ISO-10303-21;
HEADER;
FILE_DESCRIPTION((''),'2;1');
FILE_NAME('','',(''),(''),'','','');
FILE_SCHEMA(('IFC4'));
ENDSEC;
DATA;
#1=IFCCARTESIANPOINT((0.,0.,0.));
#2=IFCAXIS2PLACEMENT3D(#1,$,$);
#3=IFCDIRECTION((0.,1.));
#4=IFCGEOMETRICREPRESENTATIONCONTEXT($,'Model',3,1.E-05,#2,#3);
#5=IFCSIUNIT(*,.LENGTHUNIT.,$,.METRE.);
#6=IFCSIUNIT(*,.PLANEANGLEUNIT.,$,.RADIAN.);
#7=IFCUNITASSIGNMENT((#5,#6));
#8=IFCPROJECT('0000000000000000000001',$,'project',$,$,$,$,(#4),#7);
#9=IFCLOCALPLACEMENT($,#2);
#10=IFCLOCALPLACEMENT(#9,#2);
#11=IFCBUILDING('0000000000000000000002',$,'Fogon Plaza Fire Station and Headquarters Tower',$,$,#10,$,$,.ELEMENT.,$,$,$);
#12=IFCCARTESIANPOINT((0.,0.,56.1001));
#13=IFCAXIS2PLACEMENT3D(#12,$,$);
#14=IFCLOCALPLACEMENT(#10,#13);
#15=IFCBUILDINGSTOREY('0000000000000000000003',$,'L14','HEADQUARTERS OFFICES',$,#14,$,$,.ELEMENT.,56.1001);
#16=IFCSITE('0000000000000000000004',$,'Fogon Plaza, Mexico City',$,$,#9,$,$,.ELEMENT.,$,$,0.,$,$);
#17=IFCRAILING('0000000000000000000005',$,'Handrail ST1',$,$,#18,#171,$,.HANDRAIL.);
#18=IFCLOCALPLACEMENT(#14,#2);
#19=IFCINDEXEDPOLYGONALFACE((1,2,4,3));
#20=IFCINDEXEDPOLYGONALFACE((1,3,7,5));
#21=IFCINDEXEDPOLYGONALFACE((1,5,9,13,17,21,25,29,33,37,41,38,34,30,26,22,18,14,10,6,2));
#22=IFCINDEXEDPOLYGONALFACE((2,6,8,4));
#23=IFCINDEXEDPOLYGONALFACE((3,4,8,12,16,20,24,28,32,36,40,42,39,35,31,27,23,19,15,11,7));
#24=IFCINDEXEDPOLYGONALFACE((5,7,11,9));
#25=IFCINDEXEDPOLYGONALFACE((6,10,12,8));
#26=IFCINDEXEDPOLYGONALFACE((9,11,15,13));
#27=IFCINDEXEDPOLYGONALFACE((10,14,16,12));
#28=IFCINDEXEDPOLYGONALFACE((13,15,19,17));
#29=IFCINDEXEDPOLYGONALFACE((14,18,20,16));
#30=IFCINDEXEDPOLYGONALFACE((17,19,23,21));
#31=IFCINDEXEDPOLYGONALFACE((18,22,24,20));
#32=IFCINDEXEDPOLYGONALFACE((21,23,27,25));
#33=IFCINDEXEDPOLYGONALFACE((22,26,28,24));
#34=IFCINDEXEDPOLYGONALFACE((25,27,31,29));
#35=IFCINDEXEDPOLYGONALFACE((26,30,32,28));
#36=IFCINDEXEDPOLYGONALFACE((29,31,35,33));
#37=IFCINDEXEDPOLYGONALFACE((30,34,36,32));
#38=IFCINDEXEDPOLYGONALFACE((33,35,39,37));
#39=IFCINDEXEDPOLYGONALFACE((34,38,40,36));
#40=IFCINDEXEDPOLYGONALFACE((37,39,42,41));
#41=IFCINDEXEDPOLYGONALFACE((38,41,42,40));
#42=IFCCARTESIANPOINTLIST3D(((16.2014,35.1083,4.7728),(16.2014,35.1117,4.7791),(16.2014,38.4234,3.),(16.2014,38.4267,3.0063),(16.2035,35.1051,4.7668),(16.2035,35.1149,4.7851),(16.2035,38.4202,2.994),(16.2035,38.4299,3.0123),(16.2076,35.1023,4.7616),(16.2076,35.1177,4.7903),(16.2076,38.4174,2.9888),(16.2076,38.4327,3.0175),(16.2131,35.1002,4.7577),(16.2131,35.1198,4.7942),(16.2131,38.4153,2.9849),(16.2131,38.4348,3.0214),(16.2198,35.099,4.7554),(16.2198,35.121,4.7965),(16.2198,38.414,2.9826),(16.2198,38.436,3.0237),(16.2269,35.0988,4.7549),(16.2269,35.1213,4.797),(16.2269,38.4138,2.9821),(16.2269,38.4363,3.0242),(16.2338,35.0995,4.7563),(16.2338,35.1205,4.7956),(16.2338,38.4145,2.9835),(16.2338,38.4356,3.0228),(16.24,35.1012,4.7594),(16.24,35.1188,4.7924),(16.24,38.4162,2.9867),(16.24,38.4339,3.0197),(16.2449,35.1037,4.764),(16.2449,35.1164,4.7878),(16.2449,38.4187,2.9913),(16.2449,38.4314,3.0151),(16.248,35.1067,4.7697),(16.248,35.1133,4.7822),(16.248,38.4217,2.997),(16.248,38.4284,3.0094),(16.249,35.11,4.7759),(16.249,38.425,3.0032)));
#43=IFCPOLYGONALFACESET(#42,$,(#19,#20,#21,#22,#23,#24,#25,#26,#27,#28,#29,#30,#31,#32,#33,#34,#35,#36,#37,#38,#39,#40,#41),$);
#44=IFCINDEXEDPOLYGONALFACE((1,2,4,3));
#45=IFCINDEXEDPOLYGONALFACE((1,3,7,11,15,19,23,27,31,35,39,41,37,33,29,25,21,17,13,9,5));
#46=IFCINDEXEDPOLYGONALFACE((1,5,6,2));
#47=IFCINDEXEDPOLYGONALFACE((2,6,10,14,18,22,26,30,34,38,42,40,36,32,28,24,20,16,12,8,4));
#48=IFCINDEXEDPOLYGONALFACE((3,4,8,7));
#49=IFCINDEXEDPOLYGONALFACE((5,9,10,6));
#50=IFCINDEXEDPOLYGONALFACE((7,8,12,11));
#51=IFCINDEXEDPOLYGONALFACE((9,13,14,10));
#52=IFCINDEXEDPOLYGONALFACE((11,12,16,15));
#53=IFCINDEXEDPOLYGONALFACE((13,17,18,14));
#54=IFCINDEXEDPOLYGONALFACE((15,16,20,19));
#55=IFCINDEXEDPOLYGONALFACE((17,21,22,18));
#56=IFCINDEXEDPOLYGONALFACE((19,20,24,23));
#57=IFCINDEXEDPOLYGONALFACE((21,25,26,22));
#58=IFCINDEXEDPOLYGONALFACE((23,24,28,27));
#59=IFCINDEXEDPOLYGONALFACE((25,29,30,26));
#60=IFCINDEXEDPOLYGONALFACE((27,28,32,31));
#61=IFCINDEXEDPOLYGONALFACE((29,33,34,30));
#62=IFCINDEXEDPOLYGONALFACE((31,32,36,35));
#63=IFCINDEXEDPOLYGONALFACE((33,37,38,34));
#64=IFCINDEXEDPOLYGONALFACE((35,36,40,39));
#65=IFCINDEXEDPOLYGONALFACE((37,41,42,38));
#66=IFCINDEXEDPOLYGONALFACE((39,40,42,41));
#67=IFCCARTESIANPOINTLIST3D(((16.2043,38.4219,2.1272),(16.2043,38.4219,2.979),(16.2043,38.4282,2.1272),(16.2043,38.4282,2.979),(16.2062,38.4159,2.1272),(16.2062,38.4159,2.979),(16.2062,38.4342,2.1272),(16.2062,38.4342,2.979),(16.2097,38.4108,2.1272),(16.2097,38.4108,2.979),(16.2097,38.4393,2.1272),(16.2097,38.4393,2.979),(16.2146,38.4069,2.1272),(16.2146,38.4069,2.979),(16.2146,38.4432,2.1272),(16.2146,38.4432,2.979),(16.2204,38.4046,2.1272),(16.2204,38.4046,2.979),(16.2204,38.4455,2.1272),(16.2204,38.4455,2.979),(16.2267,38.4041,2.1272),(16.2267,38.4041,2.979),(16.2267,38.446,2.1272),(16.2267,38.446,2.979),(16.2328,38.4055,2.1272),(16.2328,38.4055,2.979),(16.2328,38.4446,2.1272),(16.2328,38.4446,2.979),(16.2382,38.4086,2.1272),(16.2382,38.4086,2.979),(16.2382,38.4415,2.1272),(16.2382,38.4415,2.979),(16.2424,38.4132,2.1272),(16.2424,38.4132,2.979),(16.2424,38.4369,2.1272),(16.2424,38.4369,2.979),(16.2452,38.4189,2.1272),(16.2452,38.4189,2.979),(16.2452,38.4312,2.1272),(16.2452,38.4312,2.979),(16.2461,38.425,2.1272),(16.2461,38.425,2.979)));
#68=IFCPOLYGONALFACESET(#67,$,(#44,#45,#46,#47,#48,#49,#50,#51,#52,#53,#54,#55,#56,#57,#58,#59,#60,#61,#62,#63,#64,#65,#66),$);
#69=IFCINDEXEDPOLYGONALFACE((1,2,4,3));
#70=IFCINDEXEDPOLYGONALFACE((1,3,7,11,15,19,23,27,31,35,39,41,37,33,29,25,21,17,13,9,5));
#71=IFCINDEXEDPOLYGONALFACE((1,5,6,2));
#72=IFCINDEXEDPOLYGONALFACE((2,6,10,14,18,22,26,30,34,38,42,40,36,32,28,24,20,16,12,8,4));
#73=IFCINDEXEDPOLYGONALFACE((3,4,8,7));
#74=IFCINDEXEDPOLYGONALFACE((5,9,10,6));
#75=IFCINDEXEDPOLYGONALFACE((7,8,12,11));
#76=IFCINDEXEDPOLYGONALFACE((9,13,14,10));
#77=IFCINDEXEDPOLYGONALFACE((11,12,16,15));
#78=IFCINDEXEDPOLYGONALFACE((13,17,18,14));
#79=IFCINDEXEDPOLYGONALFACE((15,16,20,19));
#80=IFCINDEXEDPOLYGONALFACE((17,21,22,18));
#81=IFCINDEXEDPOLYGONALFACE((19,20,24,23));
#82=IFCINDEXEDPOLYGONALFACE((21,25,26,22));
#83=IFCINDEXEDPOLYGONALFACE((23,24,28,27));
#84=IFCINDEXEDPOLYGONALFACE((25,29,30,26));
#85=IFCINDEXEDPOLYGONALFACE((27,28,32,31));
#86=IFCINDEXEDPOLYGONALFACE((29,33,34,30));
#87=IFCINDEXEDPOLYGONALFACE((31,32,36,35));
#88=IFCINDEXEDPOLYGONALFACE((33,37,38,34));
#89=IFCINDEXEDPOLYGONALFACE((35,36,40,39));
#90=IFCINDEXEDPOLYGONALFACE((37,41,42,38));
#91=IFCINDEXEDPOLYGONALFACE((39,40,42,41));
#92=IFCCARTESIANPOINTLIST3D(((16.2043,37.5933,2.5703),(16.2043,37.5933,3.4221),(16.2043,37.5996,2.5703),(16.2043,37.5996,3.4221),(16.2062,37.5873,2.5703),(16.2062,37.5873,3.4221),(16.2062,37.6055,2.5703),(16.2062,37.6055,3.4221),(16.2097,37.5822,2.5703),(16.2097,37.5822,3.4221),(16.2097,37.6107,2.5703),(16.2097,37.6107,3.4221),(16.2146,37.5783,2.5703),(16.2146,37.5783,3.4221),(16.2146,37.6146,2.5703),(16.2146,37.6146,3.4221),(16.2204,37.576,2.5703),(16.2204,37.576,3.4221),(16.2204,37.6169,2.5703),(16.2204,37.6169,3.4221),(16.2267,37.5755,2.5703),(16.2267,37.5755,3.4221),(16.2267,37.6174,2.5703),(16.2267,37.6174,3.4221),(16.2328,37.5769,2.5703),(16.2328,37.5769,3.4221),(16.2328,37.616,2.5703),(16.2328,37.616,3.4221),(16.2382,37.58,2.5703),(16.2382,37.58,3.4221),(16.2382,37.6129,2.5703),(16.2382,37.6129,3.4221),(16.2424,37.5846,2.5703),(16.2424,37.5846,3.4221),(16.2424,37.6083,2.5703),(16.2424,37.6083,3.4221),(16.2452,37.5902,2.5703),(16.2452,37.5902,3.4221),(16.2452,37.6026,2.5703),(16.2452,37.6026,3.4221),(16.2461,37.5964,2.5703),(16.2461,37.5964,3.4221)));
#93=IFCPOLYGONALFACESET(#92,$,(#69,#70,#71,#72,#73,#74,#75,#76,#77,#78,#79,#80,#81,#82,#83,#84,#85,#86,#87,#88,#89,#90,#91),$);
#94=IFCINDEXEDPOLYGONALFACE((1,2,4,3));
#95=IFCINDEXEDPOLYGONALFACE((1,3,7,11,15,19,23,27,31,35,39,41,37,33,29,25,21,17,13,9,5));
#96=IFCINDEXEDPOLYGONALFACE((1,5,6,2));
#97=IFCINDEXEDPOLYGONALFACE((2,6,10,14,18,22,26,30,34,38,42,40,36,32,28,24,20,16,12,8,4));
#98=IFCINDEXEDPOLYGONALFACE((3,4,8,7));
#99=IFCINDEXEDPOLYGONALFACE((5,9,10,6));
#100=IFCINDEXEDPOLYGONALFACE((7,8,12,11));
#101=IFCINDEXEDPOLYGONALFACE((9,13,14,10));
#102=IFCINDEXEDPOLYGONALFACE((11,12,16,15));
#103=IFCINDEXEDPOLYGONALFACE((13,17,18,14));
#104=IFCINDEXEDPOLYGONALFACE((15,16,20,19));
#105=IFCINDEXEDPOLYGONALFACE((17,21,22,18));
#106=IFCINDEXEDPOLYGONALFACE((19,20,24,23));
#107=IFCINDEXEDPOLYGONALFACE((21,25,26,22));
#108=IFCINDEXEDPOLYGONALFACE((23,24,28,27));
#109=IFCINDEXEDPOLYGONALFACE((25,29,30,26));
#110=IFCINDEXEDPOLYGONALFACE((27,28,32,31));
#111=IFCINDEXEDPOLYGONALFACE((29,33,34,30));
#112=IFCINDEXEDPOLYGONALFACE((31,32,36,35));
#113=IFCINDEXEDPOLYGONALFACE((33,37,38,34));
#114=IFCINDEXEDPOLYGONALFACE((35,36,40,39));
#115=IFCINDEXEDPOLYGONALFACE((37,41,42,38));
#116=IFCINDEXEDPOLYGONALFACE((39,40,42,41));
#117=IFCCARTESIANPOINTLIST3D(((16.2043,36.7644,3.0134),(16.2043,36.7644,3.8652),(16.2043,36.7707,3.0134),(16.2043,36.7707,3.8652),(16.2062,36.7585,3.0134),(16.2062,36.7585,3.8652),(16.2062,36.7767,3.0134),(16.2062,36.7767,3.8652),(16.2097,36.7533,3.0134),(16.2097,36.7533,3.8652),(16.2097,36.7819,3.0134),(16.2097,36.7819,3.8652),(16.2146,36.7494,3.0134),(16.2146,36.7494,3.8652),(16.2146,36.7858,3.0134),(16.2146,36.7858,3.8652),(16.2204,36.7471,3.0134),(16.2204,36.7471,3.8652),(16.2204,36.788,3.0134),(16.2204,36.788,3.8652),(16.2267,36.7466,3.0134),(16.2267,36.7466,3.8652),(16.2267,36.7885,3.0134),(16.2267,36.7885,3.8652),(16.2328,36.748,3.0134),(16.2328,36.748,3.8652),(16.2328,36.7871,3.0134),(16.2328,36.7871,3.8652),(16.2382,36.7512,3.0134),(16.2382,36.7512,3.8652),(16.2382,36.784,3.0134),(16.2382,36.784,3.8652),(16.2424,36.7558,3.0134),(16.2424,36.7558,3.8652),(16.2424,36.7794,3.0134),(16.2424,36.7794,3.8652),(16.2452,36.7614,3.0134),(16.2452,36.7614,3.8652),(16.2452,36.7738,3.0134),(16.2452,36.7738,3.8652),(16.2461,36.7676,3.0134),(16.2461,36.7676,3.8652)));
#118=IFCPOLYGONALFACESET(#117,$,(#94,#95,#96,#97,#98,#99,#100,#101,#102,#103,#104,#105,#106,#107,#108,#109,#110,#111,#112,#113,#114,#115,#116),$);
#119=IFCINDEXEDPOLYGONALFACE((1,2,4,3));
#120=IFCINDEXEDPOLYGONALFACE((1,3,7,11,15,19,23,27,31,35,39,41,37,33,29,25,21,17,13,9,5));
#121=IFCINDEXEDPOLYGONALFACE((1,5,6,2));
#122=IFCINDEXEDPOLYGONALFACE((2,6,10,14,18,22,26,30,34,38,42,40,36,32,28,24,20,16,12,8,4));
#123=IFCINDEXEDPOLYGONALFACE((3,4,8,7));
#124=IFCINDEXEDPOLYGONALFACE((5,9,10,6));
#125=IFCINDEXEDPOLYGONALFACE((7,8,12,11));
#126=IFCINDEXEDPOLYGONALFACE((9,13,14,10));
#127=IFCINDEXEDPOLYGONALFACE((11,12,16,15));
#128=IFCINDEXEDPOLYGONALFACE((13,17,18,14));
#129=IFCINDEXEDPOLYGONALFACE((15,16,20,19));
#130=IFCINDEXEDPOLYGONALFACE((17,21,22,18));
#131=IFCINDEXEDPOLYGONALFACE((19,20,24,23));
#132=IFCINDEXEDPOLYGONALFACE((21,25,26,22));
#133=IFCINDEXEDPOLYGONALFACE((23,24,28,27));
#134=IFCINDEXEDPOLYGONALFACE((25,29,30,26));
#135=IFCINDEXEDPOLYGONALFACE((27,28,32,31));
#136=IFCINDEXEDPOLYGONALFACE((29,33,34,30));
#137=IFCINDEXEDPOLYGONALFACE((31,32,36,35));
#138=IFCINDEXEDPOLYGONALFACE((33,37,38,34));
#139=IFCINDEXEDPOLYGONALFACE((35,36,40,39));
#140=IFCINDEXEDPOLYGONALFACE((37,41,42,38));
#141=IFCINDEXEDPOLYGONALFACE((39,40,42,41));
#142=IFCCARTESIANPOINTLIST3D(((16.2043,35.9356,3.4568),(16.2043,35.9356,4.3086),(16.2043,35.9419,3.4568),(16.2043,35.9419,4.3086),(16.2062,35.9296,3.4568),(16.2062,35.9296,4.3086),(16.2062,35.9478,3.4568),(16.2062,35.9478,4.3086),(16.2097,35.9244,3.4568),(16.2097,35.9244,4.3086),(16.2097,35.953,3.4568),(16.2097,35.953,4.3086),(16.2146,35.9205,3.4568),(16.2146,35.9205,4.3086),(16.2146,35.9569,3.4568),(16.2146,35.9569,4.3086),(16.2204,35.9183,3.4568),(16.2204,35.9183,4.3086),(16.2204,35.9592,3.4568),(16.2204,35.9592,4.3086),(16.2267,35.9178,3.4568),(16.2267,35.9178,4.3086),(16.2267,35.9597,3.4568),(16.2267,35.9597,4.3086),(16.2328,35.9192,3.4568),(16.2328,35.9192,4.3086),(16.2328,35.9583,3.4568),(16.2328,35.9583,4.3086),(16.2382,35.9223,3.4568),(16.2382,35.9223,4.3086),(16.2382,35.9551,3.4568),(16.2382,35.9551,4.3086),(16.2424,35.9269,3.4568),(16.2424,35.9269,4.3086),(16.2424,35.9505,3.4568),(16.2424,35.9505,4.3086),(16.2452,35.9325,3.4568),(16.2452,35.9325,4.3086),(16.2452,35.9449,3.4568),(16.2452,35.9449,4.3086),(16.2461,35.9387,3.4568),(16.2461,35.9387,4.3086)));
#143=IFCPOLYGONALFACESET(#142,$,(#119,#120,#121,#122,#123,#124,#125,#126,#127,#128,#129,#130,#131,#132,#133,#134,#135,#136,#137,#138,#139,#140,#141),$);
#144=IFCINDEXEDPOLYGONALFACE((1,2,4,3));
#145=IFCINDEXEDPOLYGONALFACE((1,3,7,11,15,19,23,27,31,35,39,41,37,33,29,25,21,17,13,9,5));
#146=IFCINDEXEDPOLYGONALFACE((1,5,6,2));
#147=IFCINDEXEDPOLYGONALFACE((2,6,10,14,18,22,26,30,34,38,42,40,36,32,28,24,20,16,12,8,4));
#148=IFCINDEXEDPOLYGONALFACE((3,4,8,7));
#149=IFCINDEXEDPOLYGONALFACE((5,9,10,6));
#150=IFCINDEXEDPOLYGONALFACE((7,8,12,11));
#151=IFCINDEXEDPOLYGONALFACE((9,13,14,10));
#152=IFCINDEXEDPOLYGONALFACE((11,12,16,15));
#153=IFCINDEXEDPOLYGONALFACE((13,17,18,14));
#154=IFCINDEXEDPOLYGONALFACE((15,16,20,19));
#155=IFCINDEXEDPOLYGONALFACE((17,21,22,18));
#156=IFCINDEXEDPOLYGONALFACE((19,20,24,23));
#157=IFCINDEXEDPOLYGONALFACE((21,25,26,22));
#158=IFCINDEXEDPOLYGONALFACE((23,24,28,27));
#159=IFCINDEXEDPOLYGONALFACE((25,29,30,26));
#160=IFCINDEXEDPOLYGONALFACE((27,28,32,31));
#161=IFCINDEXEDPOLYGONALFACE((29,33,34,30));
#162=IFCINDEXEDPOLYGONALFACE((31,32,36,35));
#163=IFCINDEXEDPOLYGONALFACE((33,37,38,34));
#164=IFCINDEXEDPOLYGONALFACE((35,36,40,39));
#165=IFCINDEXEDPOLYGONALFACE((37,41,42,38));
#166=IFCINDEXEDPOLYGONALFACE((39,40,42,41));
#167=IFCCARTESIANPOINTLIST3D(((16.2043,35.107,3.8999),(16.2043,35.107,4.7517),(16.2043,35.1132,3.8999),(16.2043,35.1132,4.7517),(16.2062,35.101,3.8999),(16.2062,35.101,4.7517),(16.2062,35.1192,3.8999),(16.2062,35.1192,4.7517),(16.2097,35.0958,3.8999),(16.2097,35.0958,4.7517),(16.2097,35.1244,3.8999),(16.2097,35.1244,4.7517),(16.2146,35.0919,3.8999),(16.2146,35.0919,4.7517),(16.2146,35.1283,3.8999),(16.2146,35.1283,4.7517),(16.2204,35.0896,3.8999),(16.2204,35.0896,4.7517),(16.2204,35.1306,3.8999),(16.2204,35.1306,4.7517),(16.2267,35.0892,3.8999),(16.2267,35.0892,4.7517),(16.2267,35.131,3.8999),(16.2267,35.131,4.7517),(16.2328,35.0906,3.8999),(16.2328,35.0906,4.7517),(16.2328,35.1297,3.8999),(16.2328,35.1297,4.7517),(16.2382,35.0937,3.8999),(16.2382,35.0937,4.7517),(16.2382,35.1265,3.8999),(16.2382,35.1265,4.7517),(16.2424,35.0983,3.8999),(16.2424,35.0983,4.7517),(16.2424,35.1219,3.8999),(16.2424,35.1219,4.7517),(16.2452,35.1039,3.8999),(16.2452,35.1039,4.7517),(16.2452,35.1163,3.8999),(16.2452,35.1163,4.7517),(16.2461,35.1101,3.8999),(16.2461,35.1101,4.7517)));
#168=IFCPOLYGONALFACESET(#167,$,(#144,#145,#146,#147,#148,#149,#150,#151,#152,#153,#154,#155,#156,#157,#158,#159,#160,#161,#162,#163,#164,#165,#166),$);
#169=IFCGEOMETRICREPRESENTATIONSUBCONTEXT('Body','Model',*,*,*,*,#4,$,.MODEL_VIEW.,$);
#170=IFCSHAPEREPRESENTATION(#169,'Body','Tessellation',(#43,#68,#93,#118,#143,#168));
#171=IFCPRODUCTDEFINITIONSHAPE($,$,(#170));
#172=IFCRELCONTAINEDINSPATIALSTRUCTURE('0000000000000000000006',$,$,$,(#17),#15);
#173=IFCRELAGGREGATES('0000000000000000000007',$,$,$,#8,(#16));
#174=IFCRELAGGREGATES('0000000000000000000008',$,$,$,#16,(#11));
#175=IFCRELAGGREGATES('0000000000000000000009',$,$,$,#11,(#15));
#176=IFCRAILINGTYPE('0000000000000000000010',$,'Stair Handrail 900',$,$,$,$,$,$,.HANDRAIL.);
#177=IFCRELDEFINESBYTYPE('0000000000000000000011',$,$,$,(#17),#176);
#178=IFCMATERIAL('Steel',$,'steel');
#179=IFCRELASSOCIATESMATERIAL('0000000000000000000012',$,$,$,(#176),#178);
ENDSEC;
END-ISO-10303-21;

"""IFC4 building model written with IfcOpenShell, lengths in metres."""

from ifc_helpers import new_model, si_unit, direction, frame, origin, origin_2d, place, context, subcontext, project, spatial, circle, extrude, material, type_object, element, save


model = new_model("IFC4")

# Units and contexts
model_context = context("Model", 3, precision=1e-05, world=origin(), true_north=direction((0.0, 1.0)))
body_context = subcontext(model_context, "Body", "Model", "MODEL_VIEW")
ifc_project = project(units=[si_unit("LENGTHUNIT", "METRE"), si_unit("PLANEANGLEUNIT", "RADIAN")], contexts=[model_context])

# Site, building, storey
site_placement = place(None, origin())
site = spatial("IfcSite", under=ifc_project, at=site_placement, Name="Fogon Plaza, Mexico City", CompositionType="ELEMENT", RefElevation=0.0)
building_placement = place(site_placement, origin())
building = spatial("IfcBuilding", under=site, at=building_placement, Name="Fogon Plaza Fire Station and Headquarters Tower", CompositionType="ELEMENT")
storey_placement = place(building_placement, frame((0.0, 0.0, 56.1001)))
storey = spatial("IfcBuildingStorey", under=building, at=storey_placement, Name="L14", Description="HEADQUARTERS OFFICES", CompositionType="ELEMENT", Elevation=56.1001)

# Railing
ifc_material_1 = material(Name="Steel", Category="steel")
railing_type = type_object("IfcRailingType", Name="Stair Handrail 900", PredefinedType="HANDRAIL", material=ifc_material_1)
for number, where, name in (
    (1, (16.2251, 38.425, 2.1272), "Handrail ST1"),
):
    element("IfcRailing", number, at=place(storey_placement, frame(where)), inside=storey, type_object=railing_type, Name=name, PredefinedType="HANDRAIL", context=body_context, shape_type="SweptSolid", body=[
        extrude(circle(Radius=0.0239, at=origin_2d()), frame((0.0, 0.0, 0.876), z_axis=(0.0, -0.881829, 0.471569), x_axis=(1.0, 0.0, 0.0)), (0.0, 0.0, 1.0), 3.7593),
        extrude(circle(Radius=0.021, at=origin_2d()), origin(), (0.0, 0.0, 1.0), 0.8518),
        extrude(circle(Radius=0.021, at=origin_2d()), frame((0.0, -0.8286, 0.4431)), (0.0, 0.0, 1.0), 0.8518),
        extrude(circle(Radius=0.021, at=origin_2d()), frame((0.0, -1.6575, 0.8862)), (0.0, 0.0, 1.0), 0.8518),
        extrude(circle(Radius=0.021, at=origin_2d()), frame((0.0, -2.4863, 1.3296)), (0.0, 0.0, 1.0), 0.8518),
        extrude(circle(Radius=0.021, at=origin_2d()), frame((0.0, -3.3149, 1.7727)), (0.0, 0.0, 1.0), 0.8518),
    ])

save(model, "model.ifc")
